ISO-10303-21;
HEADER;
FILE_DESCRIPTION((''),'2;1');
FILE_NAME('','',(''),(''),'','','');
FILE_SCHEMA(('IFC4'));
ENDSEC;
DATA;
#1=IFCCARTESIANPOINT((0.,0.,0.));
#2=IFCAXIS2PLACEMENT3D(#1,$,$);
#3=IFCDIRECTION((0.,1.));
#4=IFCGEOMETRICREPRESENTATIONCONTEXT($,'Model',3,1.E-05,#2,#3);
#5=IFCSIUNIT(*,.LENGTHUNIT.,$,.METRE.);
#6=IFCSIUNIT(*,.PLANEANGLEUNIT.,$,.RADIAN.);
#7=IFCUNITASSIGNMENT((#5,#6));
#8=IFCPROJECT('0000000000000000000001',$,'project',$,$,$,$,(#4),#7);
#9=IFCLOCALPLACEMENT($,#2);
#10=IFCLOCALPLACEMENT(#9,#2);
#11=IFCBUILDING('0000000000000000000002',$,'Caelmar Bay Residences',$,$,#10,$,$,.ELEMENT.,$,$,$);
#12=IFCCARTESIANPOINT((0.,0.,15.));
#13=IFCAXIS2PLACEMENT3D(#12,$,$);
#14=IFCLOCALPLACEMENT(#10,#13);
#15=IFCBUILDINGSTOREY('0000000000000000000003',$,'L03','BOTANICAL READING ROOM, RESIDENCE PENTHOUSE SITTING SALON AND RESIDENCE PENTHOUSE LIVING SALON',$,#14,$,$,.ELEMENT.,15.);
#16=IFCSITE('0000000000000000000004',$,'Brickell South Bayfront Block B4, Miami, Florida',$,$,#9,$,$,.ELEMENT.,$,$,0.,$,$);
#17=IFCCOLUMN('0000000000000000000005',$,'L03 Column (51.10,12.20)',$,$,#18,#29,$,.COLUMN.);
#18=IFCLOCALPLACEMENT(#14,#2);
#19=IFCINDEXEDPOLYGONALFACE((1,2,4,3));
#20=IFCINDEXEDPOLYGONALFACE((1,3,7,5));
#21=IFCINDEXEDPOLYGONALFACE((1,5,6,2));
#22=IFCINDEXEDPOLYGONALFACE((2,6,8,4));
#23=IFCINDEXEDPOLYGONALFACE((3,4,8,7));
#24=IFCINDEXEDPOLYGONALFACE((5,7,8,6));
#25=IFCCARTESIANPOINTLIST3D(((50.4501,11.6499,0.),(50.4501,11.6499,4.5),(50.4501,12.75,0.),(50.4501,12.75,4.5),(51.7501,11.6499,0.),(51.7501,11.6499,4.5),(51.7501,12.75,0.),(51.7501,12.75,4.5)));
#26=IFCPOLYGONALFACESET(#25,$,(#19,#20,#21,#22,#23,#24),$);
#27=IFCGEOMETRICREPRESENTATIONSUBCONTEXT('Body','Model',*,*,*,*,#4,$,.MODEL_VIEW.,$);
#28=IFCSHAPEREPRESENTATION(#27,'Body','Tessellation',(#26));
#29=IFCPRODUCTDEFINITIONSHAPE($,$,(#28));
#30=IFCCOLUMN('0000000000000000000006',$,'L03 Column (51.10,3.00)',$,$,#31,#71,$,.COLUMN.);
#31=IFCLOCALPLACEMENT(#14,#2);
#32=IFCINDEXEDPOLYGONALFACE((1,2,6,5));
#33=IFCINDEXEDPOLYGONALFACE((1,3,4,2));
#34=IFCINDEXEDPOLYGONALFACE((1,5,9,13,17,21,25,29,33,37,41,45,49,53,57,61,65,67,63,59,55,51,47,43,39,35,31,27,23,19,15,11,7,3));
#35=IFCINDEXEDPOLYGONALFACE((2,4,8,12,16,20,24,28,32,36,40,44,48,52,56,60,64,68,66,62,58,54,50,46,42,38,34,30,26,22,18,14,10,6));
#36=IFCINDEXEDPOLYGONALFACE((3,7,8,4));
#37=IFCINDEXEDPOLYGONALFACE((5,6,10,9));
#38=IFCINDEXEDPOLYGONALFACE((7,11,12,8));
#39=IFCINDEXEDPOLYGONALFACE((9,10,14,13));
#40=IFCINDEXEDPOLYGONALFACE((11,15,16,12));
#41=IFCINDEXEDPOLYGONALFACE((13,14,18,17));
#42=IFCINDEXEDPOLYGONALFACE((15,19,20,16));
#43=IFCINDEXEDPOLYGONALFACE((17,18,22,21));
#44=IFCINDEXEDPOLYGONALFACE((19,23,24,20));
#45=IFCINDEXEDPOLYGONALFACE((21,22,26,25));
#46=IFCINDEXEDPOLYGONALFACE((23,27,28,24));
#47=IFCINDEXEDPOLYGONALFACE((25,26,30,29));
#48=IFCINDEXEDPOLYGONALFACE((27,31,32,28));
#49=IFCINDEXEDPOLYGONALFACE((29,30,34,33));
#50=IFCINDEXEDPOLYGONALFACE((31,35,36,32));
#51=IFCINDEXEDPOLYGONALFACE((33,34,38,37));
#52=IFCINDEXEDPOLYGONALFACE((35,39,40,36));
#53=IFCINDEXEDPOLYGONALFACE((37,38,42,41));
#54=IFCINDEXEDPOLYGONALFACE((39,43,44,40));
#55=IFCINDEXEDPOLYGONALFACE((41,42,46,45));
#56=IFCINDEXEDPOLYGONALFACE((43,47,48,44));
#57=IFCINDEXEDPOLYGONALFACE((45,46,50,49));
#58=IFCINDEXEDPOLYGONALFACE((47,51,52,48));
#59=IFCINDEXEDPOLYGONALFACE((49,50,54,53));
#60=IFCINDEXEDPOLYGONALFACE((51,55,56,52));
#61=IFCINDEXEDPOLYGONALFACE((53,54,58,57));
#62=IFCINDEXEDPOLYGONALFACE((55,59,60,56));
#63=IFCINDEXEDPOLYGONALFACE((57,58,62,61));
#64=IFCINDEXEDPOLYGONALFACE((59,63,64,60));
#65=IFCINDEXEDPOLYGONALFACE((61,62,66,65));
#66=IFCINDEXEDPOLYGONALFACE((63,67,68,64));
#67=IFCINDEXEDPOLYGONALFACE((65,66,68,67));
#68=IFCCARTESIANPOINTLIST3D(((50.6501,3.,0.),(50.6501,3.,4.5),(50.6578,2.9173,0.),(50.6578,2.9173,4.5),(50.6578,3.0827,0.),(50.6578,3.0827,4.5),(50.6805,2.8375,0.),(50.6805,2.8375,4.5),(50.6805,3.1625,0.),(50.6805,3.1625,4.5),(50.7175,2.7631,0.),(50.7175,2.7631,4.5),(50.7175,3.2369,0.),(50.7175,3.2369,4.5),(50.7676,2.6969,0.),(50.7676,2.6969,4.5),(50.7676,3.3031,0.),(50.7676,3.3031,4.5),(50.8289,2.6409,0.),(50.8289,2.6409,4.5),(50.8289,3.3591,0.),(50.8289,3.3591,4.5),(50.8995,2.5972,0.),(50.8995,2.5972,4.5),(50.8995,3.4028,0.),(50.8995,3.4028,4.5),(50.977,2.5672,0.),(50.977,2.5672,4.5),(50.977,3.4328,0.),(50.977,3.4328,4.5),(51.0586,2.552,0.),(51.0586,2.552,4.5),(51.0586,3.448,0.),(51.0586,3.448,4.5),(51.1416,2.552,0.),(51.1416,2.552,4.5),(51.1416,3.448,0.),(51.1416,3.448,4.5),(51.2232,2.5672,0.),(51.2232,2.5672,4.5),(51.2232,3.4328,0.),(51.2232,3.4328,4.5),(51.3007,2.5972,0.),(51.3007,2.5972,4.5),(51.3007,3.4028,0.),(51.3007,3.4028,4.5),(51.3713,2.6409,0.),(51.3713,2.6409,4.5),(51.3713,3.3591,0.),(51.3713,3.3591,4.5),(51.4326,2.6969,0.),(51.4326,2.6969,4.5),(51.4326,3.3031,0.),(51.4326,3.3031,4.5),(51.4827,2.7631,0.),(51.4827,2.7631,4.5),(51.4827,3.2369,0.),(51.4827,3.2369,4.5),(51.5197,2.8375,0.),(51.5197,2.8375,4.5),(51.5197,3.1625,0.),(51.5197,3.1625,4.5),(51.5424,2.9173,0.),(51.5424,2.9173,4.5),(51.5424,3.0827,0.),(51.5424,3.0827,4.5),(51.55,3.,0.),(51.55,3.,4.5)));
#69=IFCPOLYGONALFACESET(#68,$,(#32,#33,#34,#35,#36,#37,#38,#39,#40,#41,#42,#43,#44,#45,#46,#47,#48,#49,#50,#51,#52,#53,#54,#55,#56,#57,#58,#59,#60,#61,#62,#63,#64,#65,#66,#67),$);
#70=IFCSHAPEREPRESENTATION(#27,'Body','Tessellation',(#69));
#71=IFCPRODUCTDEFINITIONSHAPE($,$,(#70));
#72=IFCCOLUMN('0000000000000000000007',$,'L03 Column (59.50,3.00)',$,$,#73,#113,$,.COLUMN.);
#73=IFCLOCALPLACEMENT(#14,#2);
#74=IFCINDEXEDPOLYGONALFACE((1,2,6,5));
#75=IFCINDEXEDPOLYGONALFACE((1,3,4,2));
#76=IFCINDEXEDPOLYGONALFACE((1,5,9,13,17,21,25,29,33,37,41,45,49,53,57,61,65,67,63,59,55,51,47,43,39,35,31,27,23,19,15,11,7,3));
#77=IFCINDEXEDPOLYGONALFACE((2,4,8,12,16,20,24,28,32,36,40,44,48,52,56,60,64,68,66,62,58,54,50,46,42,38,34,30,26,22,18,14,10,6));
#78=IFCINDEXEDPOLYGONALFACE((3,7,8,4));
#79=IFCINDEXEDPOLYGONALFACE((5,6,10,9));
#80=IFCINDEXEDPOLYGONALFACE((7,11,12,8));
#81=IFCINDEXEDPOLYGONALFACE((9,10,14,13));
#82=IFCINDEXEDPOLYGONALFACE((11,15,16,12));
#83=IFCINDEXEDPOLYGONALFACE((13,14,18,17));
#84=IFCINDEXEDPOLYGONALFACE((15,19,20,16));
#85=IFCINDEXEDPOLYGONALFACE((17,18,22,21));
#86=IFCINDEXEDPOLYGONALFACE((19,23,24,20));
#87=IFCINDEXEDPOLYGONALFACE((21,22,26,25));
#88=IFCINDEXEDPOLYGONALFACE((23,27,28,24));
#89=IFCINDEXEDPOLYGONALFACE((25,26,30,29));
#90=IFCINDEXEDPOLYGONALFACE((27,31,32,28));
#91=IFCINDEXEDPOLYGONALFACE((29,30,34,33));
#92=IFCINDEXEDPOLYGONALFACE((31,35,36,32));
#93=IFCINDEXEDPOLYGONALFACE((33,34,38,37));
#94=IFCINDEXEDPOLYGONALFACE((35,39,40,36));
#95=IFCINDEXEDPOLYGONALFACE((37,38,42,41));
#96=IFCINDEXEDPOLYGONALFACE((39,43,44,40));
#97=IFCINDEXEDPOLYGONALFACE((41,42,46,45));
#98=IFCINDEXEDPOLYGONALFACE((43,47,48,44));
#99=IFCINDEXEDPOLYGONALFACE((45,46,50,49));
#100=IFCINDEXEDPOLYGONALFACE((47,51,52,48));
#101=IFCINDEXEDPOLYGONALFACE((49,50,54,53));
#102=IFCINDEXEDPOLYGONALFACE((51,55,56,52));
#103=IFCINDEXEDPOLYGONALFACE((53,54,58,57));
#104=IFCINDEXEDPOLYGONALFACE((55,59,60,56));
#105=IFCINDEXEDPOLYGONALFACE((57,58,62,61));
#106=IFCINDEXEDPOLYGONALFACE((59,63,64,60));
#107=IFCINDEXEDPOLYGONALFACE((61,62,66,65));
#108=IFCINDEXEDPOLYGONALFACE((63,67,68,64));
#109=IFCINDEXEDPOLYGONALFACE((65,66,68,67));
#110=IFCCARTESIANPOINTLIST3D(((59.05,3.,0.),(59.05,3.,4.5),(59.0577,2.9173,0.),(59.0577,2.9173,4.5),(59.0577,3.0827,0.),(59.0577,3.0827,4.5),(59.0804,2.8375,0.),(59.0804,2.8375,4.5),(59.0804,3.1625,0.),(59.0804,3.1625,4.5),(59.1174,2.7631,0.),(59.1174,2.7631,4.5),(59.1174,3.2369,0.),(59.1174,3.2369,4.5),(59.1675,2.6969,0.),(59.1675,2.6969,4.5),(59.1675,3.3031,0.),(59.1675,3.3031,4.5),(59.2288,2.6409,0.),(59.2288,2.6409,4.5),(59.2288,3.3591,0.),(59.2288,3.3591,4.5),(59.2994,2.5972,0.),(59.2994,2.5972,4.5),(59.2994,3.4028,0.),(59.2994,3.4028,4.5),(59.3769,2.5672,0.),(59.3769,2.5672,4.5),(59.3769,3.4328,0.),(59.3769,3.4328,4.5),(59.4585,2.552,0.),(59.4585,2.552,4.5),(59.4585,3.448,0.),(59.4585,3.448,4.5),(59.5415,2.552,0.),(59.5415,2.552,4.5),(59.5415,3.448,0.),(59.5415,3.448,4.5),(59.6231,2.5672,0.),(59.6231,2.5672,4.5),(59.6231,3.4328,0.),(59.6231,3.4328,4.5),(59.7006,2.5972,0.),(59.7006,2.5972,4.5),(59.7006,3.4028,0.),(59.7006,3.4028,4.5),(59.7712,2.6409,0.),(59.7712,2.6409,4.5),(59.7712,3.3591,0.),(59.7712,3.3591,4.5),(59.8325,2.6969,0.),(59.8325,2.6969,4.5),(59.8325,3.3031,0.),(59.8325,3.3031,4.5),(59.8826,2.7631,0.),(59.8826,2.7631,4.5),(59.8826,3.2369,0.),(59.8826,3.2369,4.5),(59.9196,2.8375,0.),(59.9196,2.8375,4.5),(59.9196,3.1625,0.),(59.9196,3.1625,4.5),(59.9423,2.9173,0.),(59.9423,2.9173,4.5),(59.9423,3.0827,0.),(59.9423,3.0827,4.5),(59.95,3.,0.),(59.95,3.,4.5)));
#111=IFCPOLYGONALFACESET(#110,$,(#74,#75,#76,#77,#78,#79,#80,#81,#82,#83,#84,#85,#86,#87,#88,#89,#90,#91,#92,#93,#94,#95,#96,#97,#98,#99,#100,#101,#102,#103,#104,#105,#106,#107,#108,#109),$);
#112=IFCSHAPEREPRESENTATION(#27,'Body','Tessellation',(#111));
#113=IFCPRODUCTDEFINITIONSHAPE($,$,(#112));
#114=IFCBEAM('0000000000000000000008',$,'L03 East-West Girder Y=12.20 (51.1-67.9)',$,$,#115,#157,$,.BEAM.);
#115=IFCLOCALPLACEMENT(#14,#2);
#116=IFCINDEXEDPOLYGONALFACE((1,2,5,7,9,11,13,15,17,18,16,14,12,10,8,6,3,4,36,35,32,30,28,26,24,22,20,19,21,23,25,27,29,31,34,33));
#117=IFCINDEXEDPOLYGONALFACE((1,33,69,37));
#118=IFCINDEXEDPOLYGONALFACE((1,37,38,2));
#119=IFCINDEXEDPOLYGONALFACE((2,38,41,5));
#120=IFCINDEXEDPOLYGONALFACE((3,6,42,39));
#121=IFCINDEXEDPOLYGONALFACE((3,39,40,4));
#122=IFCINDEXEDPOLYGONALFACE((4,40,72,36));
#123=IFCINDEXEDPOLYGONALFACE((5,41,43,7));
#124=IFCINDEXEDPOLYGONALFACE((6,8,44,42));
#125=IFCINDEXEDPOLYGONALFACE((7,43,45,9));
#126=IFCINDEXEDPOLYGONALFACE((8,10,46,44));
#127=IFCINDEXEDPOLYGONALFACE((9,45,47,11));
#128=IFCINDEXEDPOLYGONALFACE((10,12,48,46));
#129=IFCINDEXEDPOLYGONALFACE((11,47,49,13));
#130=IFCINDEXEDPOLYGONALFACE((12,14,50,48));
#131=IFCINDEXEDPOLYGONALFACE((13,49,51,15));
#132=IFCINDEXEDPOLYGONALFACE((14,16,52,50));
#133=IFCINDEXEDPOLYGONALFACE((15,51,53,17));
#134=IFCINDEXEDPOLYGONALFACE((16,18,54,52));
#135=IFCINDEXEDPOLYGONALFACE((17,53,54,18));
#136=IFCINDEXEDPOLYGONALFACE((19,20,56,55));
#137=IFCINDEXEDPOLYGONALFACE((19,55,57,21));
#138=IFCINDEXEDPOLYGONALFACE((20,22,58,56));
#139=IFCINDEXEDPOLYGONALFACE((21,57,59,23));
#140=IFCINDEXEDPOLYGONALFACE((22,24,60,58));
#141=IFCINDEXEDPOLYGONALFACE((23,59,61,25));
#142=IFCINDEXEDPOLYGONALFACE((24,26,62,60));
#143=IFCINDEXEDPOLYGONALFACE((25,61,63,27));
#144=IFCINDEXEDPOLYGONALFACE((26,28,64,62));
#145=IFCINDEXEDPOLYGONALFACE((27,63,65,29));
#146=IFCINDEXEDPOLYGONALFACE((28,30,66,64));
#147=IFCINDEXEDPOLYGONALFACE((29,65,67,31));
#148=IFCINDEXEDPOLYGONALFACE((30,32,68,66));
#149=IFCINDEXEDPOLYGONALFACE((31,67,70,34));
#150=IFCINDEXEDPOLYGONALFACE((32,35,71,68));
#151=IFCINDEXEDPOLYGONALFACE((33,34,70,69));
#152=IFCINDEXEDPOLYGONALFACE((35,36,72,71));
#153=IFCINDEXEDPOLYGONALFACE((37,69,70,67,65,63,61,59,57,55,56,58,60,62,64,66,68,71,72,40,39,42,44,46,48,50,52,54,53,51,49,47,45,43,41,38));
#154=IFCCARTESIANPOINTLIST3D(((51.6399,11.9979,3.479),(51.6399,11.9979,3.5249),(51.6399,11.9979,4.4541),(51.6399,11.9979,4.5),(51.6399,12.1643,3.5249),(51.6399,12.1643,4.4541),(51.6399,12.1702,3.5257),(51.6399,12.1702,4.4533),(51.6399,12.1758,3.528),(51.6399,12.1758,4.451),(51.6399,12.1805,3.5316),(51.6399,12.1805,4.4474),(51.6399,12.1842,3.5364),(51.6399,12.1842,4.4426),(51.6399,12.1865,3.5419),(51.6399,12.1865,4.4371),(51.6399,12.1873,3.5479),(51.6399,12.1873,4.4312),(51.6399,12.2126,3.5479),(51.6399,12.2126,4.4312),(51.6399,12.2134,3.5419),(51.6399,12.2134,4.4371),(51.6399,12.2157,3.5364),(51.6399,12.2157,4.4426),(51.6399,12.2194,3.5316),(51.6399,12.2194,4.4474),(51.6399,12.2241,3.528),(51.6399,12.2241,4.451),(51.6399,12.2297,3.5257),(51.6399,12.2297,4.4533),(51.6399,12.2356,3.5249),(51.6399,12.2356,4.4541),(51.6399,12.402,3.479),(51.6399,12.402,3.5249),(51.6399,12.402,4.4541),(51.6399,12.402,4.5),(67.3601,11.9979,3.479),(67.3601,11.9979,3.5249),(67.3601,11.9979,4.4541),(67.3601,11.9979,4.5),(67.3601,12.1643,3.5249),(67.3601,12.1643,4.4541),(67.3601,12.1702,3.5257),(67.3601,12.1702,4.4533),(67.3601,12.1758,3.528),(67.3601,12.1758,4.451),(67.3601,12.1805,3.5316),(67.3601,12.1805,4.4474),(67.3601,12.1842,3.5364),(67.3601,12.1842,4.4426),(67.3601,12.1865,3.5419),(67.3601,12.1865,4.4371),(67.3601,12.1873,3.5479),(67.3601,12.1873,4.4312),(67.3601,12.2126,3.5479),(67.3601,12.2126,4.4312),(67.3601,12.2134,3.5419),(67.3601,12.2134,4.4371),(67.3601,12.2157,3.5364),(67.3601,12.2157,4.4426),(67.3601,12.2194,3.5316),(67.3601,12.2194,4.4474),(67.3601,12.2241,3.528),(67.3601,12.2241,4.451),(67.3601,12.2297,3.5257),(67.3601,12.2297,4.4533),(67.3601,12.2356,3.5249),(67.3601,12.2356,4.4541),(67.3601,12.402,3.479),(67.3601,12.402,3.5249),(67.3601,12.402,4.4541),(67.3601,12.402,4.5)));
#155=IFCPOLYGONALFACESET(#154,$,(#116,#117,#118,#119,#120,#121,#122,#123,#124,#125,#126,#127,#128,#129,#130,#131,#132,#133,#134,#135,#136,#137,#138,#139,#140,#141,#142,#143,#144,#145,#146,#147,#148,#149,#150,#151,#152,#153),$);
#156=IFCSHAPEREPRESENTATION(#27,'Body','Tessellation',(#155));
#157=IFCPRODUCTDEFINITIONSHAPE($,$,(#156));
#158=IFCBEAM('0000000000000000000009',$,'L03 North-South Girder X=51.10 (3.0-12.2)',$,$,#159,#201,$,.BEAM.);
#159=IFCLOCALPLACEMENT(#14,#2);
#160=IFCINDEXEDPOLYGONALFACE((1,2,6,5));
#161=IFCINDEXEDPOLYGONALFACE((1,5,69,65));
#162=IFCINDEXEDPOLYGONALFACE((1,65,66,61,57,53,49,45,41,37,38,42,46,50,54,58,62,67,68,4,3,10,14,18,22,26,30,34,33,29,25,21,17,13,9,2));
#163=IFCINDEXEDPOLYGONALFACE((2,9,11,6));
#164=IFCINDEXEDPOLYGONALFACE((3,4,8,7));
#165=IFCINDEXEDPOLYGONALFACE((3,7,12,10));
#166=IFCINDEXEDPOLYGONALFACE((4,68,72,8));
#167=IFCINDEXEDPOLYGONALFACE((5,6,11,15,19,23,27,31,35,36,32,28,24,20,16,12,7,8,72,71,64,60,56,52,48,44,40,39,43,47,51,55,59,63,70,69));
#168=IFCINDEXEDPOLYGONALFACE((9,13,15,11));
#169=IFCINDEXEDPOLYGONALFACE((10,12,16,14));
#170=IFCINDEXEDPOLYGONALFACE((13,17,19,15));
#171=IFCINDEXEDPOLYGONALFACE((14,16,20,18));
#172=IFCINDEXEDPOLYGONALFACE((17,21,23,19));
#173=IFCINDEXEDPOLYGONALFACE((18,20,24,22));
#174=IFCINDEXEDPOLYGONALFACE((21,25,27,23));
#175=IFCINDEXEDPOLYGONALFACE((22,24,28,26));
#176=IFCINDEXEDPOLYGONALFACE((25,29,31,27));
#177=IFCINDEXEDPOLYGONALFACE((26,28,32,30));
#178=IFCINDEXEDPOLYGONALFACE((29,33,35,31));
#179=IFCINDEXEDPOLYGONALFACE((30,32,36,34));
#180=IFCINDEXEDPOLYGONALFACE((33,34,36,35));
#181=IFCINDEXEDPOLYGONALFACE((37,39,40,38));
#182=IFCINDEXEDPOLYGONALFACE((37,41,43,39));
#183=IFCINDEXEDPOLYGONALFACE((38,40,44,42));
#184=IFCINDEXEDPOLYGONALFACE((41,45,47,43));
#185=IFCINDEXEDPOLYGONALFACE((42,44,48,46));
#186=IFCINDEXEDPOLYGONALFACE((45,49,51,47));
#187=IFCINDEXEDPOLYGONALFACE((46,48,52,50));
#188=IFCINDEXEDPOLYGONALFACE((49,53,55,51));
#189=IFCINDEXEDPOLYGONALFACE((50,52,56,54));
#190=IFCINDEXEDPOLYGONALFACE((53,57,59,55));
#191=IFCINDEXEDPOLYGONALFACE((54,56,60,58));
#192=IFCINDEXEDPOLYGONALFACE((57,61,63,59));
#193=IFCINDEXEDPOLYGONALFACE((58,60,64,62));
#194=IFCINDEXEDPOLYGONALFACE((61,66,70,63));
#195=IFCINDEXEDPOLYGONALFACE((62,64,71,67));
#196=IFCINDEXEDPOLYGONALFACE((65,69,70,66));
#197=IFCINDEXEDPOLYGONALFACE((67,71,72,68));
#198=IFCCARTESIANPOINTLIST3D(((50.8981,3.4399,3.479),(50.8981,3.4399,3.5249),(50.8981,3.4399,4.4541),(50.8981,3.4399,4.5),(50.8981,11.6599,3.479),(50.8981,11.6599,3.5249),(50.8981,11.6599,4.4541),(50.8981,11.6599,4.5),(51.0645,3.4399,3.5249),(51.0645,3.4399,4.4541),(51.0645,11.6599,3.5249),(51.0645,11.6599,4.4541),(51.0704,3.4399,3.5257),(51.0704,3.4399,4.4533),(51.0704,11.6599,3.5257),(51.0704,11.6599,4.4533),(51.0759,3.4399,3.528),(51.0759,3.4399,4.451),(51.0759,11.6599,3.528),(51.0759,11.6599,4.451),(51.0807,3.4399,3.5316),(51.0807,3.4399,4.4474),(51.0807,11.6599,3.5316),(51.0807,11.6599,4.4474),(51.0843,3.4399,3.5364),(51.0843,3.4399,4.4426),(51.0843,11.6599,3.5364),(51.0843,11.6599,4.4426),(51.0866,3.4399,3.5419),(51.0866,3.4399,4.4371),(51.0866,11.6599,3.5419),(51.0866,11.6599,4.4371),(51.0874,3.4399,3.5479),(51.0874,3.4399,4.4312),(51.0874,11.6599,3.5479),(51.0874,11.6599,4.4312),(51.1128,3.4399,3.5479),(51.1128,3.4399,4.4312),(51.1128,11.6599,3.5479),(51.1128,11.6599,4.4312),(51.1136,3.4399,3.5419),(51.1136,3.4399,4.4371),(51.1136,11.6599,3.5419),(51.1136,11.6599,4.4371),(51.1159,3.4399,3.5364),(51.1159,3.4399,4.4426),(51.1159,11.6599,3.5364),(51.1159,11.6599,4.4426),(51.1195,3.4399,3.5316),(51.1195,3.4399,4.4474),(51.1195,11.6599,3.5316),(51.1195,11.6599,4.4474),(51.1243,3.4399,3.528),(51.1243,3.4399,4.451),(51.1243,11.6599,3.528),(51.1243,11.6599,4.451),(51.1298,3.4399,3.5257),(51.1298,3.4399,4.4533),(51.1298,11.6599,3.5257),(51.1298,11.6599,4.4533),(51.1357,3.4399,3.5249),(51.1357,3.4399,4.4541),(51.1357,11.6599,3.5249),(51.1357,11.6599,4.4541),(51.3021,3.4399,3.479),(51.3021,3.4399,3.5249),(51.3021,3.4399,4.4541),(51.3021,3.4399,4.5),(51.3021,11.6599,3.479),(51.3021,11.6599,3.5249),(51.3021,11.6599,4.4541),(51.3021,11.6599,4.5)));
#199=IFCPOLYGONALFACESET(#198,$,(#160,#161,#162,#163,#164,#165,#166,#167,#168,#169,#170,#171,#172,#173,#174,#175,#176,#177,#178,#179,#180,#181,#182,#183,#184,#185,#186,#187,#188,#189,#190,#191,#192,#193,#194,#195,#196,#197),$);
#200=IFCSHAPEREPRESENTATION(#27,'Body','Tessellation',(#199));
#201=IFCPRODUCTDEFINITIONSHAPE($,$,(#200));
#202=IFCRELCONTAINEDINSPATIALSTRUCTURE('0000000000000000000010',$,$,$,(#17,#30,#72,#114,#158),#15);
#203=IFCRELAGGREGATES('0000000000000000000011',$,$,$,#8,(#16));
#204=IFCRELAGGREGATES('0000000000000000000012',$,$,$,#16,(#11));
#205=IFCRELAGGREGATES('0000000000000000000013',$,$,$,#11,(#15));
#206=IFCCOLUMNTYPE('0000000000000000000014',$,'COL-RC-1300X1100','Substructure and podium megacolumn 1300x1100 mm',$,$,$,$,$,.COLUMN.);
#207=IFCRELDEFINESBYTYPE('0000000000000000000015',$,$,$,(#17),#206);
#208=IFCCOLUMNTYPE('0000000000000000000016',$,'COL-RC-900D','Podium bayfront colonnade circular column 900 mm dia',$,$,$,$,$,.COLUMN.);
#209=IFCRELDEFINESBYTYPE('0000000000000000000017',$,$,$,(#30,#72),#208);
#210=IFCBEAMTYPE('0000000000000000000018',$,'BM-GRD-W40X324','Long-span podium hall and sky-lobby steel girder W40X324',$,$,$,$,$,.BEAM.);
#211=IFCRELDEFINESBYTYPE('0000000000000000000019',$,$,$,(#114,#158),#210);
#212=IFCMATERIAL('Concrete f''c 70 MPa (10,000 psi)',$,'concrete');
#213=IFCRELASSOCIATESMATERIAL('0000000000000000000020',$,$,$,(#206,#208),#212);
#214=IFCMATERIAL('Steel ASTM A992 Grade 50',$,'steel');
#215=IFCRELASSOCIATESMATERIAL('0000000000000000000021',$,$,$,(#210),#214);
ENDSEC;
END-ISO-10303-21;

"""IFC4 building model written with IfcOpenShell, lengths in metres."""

from ifc_helpers import new_model, si_unit, direction, frame, origin, origin_2d, place, context, subcontext, project, spatial, rectangle, circle, i_section, extrude, material, material_profile, profile_set, type_object, element, save


model = new_model("IFC4")

# Units and contexts
model_context = context("Model", 3, precision=1e-05, world=origin(), true_north=direction((0.0, 1.0)))
body_context = subcontext(model_context, "Body", "Model", "MODEL_VIEW")
ifc_project = project(units=[si_unit("LENGTHUNIT", "METRE"), si_unit("PLANEANGLEUNIT", "RADIAN")], contexts=[model_context])

# Site, building, storey
site_placement = place(None, origin())
site = spatial("IfcSite", under=ifc_project, at=site_placement, Name="Brickell South Bayfront Block B4, Miami, Florida", CompositionType="ELEMENT", RefElevation=0.0)
building_placement = place(site_placement, origin())
building = spatial("IfcBuilding", under=site, at=building_placement, Name="Caelmar Bay Residences", CompositionType="ELEMENT")
storey_placement = place(building_placement, frame((0.0, 0.0, 15.0)))
storey = spatial("IfcBuildingStorey", under=building, at=storey_placement, Name="L03", Description="BOTANICAL READING ROOM, RESIDENCE PENTHOUSE SITTING SALON AND RESIDENCE PENTHOUSE LIVING SALON", CompositionType="ELEMENT", Elevation=15.0)

# Columns
ifc_material_1 = material(Name="Concrete f'c 70 MPa (10,000 psi)", Category="concrete")
ifc_material_profile_1 = material_profile(ifc_material_1, rectangle(XDim=1.3, YDim=1.1001, at=origin_2d()), Name="RC-COL-1300X1100")
ifc_profile_set_1 = profile_set([ifc_material_profile_1], Name="Concrete f'c 70 MPa (10,000 psi)")
column_type_1 = type_object("IfcColumnType", Name="COL-RC-1300X1100", Description="Substructure and podium megacolumn 1300x1100 mm", PredefinedType="COLUMN", material=ifc_profile_set_1)
column_placement = place(storey_placement, frame((51.1001, 12.2, 0.0), z_axis=(0.0, 0.0, 1.0), x_axis=(1.0, 0.0, 0.0)))
element("IfcColumn", 1, at=column_placement, inside=storey, type_object=column_type_1, Name="L03 Column (51.10,12.20)", PredefinedType="COLUMN", context=body_context, shape_type="SweptSolid", body=[
    extrude(rectangle(XDim=1.3, YDim=1.1001, at=origin_2d()), origin(), (0.0, 0.0, 1.0), 4.5),
])
ifc_material_profile_2 = material_profile(ifc_material_1, circle(Radius=0.45, at=origin_2d()), Name="RC-COL-900D")
ifc_profile_set_2 = profile_set([ifc_material_profile_2], Name="Concrete f'c 70 MPa (10,000 psi)")
column_type_2 = type_object("IfcColumnType", Name="COL-RC-900D", Description="Podium bayfront colonnade circular column 900 mm dia", PredefinedType="COLUMN", material=ifc_profile_set_2)
for number, where, z_axis, x_axis, name in (
    (2, (51.1001, 3.0, 0.0), (0.0, 0.0, 1.0), (1.0, 0.0, 0.0), "L03 Column (51.10,3.00)"),
    (3, (59.5, 3.0, 0.0), (0.0, 0.0, 1.0), (1.0, 0.0, 0.0), "L03 Column (59.50,3.00)"),
):
    element("IfcColumn", number, at=place(storey_placement, frame(where, z_axis=z_axis, x_axis=x_axis)), inside=storey, type_object=column_type_2, Name=name, PredefinedType="COLUMN", context=body_context, shape_type="SweptSolid", body=[
        extrude(circle(Radius=0.45, at=origin_2d()), origin(), (0.0, 0.0, 1.0), 4.5),
    ])

# Beams
ifc_material_2 = material(Name="Steel ASTM A992 Grade 50", Category="steel")
ifc_material_profile_3 = material_profile(ifc_material_2, i_section(OverallWidth=0.4041, OverallDepth=1.021, WebThickness=0.0254, FlangeThickness=0.0459, FilletRadius=0.0229, at=origin_2d()), Name="W40X324")
ifc_profile_set_3 = profile_set([ifc_material_profile_3], Name="Steel ASTM A992 Grade 50")
beam_type_1 = type_object("IfcBeamType", Name="BM-GRD-W40X324", Description="Long-span podium hall and sky-lobby steel girder W40X324", PredefinedType="BEAM", material=ifc_profile_set_3)
beam_1_placement = place(storey_placement, frame((51.6399, 12.2, 3.9895), z_axis=(1.0, 0.0, 0.0), x_axis=(0.0, 1.0, 0.0)))
element("IfcBeam", 4, at=beam_1_placement, inside=storey, type_object=beam_type_1, Name="L03 East-West Girder Y=12.20 (51.1-67.9)", PredefinedType="BEAM", context=body_context, shape_type="SweptSolid", body=[
    extrude(i_section(OverallWidth=0.4041, OverallDepth=1.021, WebThickness=0.0254, FlangeThickness=0.0459, FilletRadius=0.0229, at=origin_2d()), origin(), (0.0, 0.0, 1.0), 15.7202),
])
beam_2_placement = place(storey_placement, frame((51.1001, 3.4399, 3.9895), z_axis=(0.0, 1.0, 0.0), x_axis=(-1.0, 0.0, 0.0)))
element("IfcBeam", 5, at=beam_2_placement, inside=storey, type_object=beam_type_1, Name="L03 North-South Girder X=51.10 (3.0-12.2)", PredefinedType="BEAM", context=body_context, shape_type="SweptSolid", body=[
    extrude(i_section(OverallWidth=0.4041, OverallDepth=1.021, WebThickness=0.0254, FlangeThickness=0.0459, FilletRadius=0.0229, at=origin_2d()), origin(), (0.0, 0.0, 1.0), 8.22),
])

save(model, "model.ifc")
